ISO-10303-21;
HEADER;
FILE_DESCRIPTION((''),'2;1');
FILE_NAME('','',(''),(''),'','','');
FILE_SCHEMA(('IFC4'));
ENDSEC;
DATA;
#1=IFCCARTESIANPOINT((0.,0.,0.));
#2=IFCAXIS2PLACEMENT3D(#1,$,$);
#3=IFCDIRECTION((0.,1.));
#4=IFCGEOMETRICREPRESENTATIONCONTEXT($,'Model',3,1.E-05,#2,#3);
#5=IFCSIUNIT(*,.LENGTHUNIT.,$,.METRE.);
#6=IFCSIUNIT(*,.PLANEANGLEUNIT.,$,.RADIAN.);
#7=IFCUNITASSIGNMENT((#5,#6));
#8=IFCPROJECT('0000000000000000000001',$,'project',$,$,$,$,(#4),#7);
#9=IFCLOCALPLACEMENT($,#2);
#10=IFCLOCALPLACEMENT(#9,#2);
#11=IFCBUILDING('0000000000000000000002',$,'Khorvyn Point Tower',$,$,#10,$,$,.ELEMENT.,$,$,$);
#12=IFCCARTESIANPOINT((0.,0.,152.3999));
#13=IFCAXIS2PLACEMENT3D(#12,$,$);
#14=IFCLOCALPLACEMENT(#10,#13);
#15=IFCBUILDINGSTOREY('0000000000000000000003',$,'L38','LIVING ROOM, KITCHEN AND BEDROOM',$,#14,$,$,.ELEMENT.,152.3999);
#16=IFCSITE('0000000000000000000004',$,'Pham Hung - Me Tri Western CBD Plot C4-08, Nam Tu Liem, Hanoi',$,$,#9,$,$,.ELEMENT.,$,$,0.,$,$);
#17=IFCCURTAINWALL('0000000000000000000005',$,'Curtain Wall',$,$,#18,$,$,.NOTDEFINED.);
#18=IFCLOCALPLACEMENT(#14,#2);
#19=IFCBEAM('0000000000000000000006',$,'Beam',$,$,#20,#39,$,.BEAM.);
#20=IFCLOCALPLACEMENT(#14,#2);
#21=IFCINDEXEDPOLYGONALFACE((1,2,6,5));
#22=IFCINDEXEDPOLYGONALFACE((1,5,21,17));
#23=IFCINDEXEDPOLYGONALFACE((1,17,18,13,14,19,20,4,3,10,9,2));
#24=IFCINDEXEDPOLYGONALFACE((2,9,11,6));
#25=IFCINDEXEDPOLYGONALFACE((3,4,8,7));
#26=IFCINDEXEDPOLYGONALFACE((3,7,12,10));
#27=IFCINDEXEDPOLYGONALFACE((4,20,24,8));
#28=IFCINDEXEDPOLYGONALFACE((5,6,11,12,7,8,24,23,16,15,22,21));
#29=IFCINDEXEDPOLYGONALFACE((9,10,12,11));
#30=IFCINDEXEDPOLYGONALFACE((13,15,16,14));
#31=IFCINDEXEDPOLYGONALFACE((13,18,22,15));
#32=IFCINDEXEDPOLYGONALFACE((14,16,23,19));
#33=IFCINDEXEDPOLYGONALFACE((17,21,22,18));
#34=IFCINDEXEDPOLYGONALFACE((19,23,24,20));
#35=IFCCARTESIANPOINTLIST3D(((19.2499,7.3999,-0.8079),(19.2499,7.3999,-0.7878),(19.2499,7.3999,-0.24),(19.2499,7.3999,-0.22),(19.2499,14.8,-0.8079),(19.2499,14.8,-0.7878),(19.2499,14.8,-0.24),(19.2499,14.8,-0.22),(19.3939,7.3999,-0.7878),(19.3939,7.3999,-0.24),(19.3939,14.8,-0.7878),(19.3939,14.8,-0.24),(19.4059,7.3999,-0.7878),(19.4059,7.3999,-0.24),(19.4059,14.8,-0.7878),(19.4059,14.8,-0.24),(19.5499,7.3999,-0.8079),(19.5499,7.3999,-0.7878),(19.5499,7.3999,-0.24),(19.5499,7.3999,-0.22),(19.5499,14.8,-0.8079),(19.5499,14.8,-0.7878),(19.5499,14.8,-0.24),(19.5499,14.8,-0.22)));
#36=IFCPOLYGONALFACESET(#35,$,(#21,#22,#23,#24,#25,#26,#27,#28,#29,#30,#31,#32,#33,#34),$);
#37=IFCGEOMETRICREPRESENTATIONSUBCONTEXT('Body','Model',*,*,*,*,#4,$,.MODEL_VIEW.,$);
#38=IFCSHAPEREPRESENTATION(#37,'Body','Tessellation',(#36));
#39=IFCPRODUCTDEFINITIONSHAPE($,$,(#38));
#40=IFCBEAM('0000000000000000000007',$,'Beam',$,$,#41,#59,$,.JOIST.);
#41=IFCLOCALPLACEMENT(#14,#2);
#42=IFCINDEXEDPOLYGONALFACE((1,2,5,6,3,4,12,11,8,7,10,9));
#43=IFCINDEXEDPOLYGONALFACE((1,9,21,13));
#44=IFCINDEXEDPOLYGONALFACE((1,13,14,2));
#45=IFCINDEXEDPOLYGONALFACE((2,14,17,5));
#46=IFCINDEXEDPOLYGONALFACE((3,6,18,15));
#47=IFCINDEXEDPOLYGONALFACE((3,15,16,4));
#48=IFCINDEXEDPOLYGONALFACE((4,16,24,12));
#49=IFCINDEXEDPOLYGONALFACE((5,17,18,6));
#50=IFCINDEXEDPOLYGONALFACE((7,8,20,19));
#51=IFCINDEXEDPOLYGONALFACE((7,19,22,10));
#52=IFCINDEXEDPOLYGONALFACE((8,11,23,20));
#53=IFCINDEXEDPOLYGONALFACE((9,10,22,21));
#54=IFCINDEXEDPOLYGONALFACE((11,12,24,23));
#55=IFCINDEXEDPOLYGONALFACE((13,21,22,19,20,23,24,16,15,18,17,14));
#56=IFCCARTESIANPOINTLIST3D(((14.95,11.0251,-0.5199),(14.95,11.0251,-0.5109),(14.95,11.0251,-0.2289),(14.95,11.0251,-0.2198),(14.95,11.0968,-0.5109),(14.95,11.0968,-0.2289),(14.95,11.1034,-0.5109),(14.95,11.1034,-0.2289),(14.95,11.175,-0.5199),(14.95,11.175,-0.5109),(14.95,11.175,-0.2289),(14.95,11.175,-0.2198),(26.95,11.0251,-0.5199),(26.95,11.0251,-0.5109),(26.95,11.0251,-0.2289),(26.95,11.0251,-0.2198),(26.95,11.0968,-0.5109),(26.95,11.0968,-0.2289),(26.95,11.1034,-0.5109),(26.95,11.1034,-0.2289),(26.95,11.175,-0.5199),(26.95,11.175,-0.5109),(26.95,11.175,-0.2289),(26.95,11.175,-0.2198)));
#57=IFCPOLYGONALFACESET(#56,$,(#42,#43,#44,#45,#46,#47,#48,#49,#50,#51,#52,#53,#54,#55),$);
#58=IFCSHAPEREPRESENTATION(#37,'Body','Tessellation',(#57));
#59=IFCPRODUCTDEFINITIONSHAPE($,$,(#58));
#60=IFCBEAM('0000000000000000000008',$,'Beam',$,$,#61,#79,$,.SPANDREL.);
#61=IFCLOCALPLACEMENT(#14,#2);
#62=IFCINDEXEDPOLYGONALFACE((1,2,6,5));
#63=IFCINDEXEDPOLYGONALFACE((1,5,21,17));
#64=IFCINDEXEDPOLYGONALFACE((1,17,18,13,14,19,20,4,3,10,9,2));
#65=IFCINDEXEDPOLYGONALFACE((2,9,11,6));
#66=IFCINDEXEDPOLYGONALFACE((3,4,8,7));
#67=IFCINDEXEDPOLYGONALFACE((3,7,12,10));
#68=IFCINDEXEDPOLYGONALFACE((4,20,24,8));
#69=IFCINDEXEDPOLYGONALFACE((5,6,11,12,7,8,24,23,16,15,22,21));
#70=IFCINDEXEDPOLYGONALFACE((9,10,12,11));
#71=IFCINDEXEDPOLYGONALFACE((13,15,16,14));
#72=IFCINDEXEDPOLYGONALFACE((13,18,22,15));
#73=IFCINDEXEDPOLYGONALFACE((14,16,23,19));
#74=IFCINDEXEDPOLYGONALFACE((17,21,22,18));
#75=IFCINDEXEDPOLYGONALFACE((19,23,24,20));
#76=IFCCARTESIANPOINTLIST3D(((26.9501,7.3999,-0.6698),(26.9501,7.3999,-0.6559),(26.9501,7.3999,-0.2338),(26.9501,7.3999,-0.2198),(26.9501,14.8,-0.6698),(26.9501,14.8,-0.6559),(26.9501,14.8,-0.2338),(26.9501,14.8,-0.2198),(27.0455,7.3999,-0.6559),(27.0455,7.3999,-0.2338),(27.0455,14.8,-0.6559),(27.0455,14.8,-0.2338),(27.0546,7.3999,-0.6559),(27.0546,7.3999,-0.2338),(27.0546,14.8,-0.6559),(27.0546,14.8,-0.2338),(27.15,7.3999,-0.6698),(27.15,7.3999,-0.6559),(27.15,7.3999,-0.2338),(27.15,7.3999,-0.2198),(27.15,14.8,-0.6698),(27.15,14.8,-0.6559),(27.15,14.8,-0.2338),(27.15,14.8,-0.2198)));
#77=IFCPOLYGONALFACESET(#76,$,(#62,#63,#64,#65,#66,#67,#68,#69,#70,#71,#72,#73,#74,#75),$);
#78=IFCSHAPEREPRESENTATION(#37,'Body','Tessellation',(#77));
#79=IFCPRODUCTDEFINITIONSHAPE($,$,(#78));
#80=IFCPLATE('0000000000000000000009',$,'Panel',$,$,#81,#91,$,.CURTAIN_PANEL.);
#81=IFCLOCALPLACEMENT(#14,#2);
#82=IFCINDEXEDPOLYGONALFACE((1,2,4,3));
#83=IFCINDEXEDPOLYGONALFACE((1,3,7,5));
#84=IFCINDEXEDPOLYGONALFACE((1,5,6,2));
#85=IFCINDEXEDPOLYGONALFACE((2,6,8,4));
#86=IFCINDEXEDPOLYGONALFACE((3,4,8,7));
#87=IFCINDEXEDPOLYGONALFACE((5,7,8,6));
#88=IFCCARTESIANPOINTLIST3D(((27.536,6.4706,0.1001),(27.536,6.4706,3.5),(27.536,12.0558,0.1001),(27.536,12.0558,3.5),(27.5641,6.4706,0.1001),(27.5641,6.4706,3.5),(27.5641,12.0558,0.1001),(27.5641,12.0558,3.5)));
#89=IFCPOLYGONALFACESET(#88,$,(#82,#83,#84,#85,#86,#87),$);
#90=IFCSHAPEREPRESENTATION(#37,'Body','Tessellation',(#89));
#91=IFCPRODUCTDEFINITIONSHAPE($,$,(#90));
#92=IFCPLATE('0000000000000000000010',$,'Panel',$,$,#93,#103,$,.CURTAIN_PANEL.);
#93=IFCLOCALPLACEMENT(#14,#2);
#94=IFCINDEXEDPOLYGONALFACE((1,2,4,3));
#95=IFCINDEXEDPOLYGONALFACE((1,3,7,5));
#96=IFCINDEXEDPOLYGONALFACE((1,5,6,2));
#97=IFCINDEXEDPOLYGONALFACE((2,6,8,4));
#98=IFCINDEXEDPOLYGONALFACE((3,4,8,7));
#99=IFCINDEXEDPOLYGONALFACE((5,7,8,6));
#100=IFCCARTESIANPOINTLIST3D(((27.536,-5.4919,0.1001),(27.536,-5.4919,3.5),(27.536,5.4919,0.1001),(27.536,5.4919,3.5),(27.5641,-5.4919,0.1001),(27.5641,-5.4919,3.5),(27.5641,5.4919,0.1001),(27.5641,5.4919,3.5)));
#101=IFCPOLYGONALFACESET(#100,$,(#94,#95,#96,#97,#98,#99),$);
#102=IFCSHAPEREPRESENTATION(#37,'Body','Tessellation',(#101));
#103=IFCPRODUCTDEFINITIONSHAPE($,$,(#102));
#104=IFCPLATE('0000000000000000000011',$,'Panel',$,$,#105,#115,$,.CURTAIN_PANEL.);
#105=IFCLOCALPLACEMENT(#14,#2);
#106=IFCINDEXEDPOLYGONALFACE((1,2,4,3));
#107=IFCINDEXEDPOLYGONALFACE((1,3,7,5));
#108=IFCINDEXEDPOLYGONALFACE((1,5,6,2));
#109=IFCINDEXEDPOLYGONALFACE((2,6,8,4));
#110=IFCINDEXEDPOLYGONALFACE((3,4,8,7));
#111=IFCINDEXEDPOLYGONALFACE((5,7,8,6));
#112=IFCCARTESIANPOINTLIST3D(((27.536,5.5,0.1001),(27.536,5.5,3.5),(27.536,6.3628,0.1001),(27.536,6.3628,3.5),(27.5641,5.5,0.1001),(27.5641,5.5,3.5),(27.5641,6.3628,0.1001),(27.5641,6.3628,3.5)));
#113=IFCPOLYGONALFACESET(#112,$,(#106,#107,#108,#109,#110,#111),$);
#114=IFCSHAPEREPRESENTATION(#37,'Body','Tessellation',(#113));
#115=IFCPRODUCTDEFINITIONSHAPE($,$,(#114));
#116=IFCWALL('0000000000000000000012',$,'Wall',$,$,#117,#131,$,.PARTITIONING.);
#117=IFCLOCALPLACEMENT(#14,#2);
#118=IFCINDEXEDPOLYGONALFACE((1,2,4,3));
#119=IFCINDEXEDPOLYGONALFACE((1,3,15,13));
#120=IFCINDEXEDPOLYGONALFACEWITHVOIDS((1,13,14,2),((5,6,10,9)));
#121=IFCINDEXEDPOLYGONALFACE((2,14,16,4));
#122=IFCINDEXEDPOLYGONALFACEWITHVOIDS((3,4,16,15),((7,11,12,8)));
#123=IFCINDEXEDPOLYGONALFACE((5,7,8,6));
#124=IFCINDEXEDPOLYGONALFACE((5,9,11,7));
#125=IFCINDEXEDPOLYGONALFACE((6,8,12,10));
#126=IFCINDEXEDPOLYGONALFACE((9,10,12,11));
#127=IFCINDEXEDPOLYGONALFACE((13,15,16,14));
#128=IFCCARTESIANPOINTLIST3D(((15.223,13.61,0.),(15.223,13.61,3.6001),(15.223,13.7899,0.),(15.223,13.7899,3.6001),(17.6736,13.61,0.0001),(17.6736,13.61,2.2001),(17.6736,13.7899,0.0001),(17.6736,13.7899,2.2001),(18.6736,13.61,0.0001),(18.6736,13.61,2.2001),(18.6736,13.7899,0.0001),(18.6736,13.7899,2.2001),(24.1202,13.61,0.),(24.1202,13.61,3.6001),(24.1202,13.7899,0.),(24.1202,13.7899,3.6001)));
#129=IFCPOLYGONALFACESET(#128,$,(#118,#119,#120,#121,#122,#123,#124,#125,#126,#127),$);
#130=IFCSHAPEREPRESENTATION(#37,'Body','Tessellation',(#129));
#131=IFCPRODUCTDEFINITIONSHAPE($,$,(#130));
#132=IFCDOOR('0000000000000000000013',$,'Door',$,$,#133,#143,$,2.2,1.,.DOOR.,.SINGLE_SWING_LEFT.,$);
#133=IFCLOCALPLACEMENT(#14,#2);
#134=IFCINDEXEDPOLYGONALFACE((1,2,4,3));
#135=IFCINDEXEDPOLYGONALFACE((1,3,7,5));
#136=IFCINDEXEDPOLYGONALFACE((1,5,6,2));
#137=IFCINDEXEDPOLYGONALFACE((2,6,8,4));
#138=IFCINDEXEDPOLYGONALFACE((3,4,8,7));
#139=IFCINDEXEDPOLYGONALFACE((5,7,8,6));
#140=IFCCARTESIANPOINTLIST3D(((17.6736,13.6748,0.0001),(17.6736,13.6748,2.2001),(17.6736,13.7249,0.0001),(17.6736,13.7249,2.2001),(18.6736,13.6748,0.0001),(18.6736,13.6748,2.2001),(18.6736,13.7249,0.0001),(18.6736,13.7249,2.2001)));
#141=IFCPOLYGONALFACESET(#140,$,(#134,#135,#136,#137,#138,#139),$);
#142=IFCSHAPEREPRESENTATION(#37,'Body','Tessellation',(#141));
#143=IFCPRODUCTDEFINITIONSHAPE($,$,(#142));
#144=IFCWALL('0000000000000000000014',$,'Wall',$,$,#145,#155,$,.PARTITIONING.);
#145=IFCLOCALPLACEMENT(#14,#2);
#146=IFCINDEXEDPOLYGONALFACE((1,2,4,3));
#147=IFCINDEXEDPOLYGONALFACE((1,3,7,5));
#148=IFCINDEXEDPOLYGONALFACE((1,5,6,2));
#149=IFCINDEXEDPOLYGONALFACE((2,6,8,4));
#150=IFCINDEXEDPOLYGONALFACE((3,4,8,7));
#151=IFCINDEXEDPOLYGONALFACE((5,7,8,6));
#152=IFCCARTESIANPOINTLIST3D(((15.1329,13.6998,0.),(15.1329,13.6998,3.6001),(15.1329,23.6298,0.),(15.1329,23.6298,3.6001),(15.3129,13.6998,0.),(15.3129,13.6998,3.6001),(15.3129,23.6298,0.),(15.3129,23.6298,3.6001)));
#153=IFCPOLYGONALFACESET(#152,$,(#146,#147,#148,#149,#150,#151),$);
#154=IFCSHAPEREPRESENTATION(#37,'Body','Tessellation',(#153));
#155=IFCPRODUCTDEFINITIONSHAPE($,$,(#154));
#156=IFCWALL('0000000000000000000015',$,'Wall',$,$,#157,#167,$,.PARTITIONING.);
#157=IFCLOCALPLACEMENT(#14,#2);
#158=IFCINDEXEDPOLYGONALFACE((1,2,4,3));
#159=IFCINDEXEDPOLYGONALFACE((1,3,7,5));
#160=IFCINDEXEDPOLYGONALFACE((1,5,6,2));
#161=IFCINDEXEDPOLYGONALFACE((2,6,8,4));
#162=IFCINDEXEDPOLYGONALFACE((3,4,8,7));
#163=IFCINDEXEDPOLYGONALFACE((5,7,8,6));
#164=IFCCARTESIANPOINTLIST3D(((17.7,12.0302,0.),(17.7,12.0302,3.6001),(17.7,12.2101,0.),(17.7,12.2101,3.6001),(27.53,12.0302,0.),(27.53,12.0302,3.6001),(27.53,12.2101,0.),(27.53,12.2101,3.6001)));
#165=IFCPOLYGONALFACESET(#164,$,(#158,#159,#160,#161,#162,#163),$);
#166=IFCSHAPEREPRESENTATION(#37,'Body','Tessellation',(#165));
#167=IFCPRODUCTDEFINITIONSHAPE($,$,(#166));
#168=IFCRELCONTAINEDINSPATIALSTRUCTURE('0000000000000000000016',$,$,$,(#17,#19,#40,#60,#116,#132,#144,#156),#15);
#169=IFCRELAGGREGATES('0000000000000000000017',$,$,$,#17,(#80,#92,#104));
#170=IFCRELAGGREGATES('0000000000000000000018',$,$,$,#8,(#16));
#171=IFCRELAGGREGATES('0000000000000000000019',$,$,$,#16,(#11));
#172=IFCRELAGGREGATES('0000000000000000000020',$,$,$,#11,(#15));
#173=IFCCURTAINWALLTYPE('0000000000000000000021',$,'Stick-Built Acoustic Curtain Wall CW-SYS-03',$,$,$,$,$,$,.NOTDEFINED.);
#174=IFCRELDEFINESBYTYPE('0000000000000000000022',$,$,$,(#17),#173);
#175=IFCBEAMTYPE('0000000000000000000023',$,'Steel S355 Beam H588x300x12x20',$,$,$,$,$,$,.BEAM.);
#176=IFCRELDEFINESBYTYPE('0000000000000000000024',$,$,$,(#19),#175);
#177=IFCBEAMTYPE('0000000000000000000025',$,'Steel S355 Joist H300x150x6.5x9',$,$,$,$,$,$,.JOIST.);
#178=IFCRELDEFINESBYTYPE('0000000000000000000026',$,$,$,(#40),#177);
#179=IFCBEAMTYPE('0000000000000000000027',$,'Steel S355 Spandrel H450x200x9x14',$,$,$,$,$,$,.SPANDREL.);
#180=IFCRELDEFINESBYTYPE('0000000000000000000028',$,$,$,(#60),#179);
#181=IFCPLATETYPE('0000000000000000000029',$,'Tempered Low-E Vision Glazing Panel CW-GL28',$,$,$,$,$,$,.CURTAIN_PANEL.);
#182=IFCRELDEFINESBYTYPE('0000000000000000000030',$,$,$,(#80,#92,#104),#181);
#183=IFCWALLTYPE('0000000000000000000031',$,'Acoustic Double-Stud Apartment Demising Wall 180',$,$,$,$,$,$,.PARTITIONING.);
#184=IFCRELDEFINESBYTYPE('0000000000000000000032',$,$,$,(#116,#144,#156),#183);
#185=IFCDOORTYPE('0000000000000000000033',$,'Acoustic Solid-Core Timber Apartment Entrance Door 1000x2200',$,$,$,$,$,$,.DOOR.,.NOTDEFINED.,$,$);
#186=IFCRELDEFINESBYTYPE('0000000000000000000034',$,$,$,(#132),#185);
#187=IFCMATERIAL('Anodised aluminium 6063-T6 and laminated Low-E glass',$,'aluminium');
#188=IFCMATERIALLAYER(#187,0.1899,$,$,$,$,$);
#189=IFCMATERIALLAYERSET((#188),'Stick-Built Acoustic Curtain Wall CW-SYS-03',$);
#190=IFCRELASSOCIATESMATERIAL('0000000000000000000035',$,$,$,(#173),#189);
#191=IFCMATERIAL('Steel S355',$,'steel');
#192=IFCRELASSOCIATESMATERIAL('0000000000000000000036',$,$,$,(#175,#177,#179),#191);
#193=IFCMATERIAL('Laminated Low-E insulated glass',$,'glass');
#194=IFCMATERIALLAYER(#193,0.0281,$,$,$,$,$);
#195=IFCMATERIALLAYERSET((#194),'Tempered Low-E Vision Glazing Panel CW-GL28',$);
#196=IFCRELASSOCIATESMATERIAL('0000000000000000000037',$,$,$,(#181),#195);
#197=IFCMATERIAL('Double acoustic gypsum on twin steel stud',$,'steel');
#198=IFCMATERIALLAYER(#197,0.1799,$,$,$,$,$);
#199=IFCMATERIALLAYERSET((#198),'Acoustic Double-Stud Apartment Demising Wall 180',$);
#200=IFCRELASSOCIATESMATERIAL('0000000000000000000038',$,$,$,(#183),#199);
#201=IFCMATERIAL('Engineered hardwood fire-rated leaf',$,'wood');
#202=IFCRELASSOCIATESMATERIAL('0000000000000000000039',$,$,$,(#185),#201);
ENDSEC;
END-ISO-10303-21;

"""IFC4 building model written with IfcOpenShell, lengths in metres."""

from ifc_helpers import new_model, si_unit, direction, frame, frame_2d, origin, origin_2d, place, context, subcontext, project, spatial, rectangle, i_section, extrude, material, layer, layer_set, material_profile, profile_set, type_object, element, fill, aggregate, save


model = new_model("IFC4")

# Units and contexts
model_context = context("Model", 3, precision=1e-05, world=origin(), true_north=direction((0.0, 1.0)))
body_context = subcontext(model_context, "Body", "Model", "MODEL_VIEW")
ifc_project = project(units=[si_unit("LENGTHUNIT", "METRE"), si_unit("PLANEANGLEUNIT", "RADIAN")], contexts=[model_context])

# Site, building, storey
site_placement = place(None, origin())
site = spatial("IfcSite", under=ifc_project, at=site_placement, Name="Pham Hung - Me Tri Western CBD Plot C4-08, Nam Tu Liem, Hanoi", CompositionType="ELEMENT", RefElevation=0.0)
building_placement = place(site_placement, origin())
building = spatial("IfcBuilding", under=site, at=building_placement, Name="Khorvyn Point Tower", CompositionType="ELEMENT")
storey_placement = place(building_placement, frame((0.0, 0.0, 152.3999)))
storey = spatial("IfcBuildingStorey", under=building, at=storey_placement, Name="L38", Description="LIVING ROOM, KITCHEN AND BEDROOM", CompositionType="ELEMENT", Elevation=152.3999)

# Curtain wall
ifc_material_1 = material(Name="Anodised aluminium 6063-T6 and laminated Low-E glass", Category="aluminium")
ifc_layer_1 = layer(ifc_material_1, 0.1899)
ifc_layer_set_1 = layer_set([ifc_layer_1], Name="Stick-Built Acoustic Curtain Wall CW-SYS-03")
curtain_wall_type = type_object("IfcCurtainWallType", Name="Stick-Built Acoustic Curtain Wall CW-SYS-03", PredefinedType="NOTDEFINED", material=ifc_layer_set_1)
curtain_wall_placement = place(storey_placement, origin())
curtain_wall = element("IfcCurtainWall", 1, at=curtain_wall_placement, inside=storey, type_object=curtain_wall_type, Name="Curtain Wall", PredefinedType="NOTDEFINED")

# Beams
ifc_material_2 = material(Name="Steel S355", Category="steel")
ifc_material_profile_1 = material_profile(ifc_material_2, i_section(OverallWidth=0.3, OverallDepth=0.5879, WebThickness=0.012, FlangeThickness=0.02, at=origin_2d()))
ifc_profile_set_1 = profile_set([ifc_material_profile_1], Name="Steel S355 H588x300x12x20")
beam_type_1 = type_object("IfcBeamType", Name="Steel S355 Beam H588x300x12x20", PredefinedType="BEAM", material=ifc_profile_set_1)
for number, where, z_axis, x_axis, name in (
    (2, (19.3999, 7.3999, -0.5139), (0.0, 1.0, 0.0), (-1.0, 0.0, 0.0), "Beam"),
):
    element("IfcBeam", number, at=place(storey_placement, frame(where, z_axis=z_axis, x_axis=x_axis)), inside=storey, type_object=beam_type_1, Name=name, PredefinedType="BEAM", context=body_context, shape_type="SweptSolid", body=[
        extrude(i_section(OverallWidth=0.3, OverallDepth=0.5879, WebThickness=0.012, FlangeThickness=0.02, at=origin_2d()), origin(), (0.0, 0.0, 1.0), 7.4001),
    ])
ifc_material_profile_2 = material_profile(ifc_material_2, i_section(OverallWidth=0.1499, OverallDepth=0.3, WebThickness=0.0066, FlangeThickness=0.009, at=origin_2d()))
ifc_profile_set_2 = profile_set([ifc_material_profile_2], Name="Steel S355 H300x150x6.5x9")
beam_type_2 = type_object("IfcBeamType", Name="Steel S355 Joist H300x150x6.5x9", PredefinedType="JOIST", material=ifc_profile_set_2)
beam_1_placement = place(storey_placement, frame((14.95, 11.1001, -0.3699), z_axis=(1.0, 0.0, 0.0), x_axis=(0.0, 1.0, 0.0)))
element("IfcBeam", 3, at=beam_1_placement, inside=storey, type_object=beam_type_2, Name="Beam", PredefinedType="JOIST", context=body_context, shape_type="SweptSolid", body=[
    extrude(i_section(OverallWidth=0.1499, OverallDepth=0.3, WebThickness=0.0066, FlangeThickness=0.009, at=origin_2d()), origin(), (0.0, 0.0, 1.0), 12.0),
])
ifc_material_profile_3 = material_profile(ifc_material_2, i_section(OverallWidth=0.2, OverallDepth=0.45, WebThickness=0.009, FlangeThickness=0.0139, at=origin_2d()))
ifc_profile_set_3 = profile_set([ifc_material_profile_3], Name="Steel S355 H450x200x9x14")
beam_type_3 = type_object("IfcBeamType", Name="Steel S355 Spandrel H450x200x9x14", PredefinedType="SPANDREL", material=ifc_profile_set_3)
beam_2_placement = place(storey_placement, frame((27.05, 7.3999, -0.4448), z_axis=(0.0, 1.0, 0.0), x_axis=(-1.0, 0.0, 0.0)))
element("IfcBeam", 4, at=beam_2_placement, inside=storey, type_object=beam_type_3, Name="Beam", PredefinedType="SPANDREL", context=body_context, shape_type="SweptSolid", body=[
    extrude(i_section(OverallWidth=0.2, OverallDepth=0.45, WebThickness=0.009, FlangeThickness=0.0139, at=origin_2d()), origin(), (0.0, 0.0, 1.0), 7.4001),
])

# Plates
ifc_material_3 = material(Name="Laminated Low-E insulated glass", Category="glass")
ifc_layer_2 = layer(ifc_material_3, 0.0281)
ifc_layer_set_2 = layer_set([ifc_layer_2], Name="Tempered Low-E Vision Glazing Panel CW-GL28")
plate_type = type_object("IfcPlateType", Name="Tempered Low-E Vision Glazing Panel CW-GL28", PredefinedType="CURTAIN_PANEL", material=ifc_layer_set_2)
plate_1_placement = place(storey_placement, frame((27.55, 9.2632, 0.1001), z_axis=(0.0, 0.0, 1.0), x_axis=(0.0, -1.0, 0.0)))
plate_1 = element("IfcPlate", 5, at=plate_1_placement, type_object=plate_type, Name="Panel", PredefinedType="CURTAIN_PANEL", context=body_context, shape_type="SweptSolid", body=[
    extrude(rectangle(XDim=5.5852, YDim=0.0281, at=origin_2d()), origin(), (0.0, 0.0, 1.0), 3.3999),
])
plate_2_placement = place(storey_placement, frame((27.55, 0.0, 0.1001), z_axis=(0.0, 0.0, 1.0), x_axis=(0.0, -1.0, 0.0)))
plate_2 = element("IfcPlate", 6, at=plate_2_placement, type_object=plate_type, Name="Panel", PredefinedType="CURTAIN_PANEL", context=body_context, shape_type="SweptSolid", body=[
    extrude(rectangle(XDim=10.9839, YDim=0.0281, at=origin_2d()), origin(), (0.0, 0.0, 1.0), 3.3999),
])
plate_3_placement = place(storey_placement, frame((27.55, 5.9314, 0.1001), z_axis=(0.0, 0.0, 1.0), x_axis=(0.0, -1.0, 0.0)))
plate_3 = element("IfcPlate", 7, at=plate_3_placement, type_object=plate_type, Name="Panel", PredefinedType="CURTAIN_PANEL", context=body_context, shape_type="SweptSolid", body=[
    extrude(rectangle(XDim=0.8628, YDim=0.0281, at=origin_2d()), origin(), (0.0, 0.0, 1.0), 3.3999),
])
aggregate(curtain_wall, [plate_1, plate_2, plate_3])

# Wall, opening, door
ifc_material_4 = material(Name="Double acoustic gypsum on twin steel stud", Category="steel")
ifc_layer_3 = layer(ifc_material_4, 0.1799)
ifc_layer_set_3 = layer_set([ifc_layer_3], Name="Acoustic Double-Stud Apartment Demising Wall 180")
wall_type_1 = type_object("IfcWallType", Name="Acoustic Double-Stud Apartment Demising Wall 180", PredefinedType="PARTITIONING", material=ifc_layer_set_3)
wall_1_placement = place(storey_placement, frame((15.2229, 13.7, 0.0), z_axis=(0.0, 0.0, 1.0), x_axis=(1.0, 0.0, 0.0)))
wall_1 = element("IfcWall", 8, at=wall_1_placement, inside=storey, type_object=wall_type_1, Name="Wall", PredefinedType="PARTITIONING", context=body_context, shape_type="SweptSolid", body=[
    extrude(rectangle(XDim=8.8972, YDim=0.1799, at=frame_2d((4.4487, 0.0))), origin(), (0.0, 0.0, 1.0), 3.6001),
])
opening_1_placement = place(wall_1_placement, frame((2.4507, 0.0, 0.0)))
opening_1 = element("IfcOpeningElement", 9, at=opening_1_placement, cuts=wall_1, PredefinedType="OPENING", context=body_context, shape_type="SweptSolid", body=[
    extrude(rectangle(XDim=1.0, YDim=2.2, at=frame_2d((0.5, 1.1001))), frame((0.0, 0.0999, 0.0), z_axis=(0.0, -1.0, 0.0), x_axis=(1.0, 0.0, 0.0)), (0.0, 0.0, 1.0), 0.2),
])
ifc_material_5 = material(Name="Engineered hardwood fire-rated leaf", Category="wood")
door_type_1 = type_object("IfcDoorType", Name="Acoustic Solid-Core Timber Apartment Entrance Door 1000x2200", OperationType="NOTDEFINED", PredefinedType="DOOR", material=ifc_material_5)
door_1_placement = place(opening_1_placement, origin())
door_1 = element("IfcDoor", 10, at=door_1_placement, inside=storey, type_object=door_type_1, Name="Door", OperationType="SINGLE_SWING_LEFT", OverallHeight=2.2, OverallWidth=1.0, PredefinedType="DOOR", context=body_context, shape_type="SweptSolid", body=[
    extrude(rectangle(XDim=1.0, YDim=2.2, at=frame_2d((0.5, 1.1001))), frame((0.0, 0.0249, 0.0), z_axis=(0.0, -1.0, 0.0), x_axis=(1.0, 0.0, 0.0)), (0.0, 0.0, 1.0), 0.05),
])
fill(opening_1, door_1)

# Walls
wall_2_placement = place(storey_placement, frame((15.2229, 13.7, 0.0), z_axis=(0.0, 0.0, 1.0), x_axis=(0.0, 1.0, 0.0)))
element("IfcWall", 11, at=wall_2_placement, inside=storey, type_object=wall_type_1, Name="Wall", PredefinedType="PARTITIONING", context=body_context, shape_type="SweptSolid", body=[
    extrude(rectangle(XDim=9.9299, YDim=0.1799, at=frame_2d((4.9648, 0.0))), origin(), (0.0, 0.0, 1.0), 3.6001),
])
wall_3_placement = place(storey_placement, frame((17.7, 12.1201, 0.0), z_axis=(0.0, 0.0, 1.0), x_axis=(1.0, 0.0, 0.0)))
element("IfcWall", 12, at=wall_3_placement, inside=storey, type_object=wall_type_1, Name="Wall", PredefinedType="PARTITIONING", context=body_context, shape_type="SweptSolid", body=[
    extrude(rectangle(XDim=9.8301, YDim=0.1799, at=frame_2d((4.915, 0.0))), origin(), (0.0, 0.0, 1.0), 3.6001),
])

save(model, "model.ifc")
